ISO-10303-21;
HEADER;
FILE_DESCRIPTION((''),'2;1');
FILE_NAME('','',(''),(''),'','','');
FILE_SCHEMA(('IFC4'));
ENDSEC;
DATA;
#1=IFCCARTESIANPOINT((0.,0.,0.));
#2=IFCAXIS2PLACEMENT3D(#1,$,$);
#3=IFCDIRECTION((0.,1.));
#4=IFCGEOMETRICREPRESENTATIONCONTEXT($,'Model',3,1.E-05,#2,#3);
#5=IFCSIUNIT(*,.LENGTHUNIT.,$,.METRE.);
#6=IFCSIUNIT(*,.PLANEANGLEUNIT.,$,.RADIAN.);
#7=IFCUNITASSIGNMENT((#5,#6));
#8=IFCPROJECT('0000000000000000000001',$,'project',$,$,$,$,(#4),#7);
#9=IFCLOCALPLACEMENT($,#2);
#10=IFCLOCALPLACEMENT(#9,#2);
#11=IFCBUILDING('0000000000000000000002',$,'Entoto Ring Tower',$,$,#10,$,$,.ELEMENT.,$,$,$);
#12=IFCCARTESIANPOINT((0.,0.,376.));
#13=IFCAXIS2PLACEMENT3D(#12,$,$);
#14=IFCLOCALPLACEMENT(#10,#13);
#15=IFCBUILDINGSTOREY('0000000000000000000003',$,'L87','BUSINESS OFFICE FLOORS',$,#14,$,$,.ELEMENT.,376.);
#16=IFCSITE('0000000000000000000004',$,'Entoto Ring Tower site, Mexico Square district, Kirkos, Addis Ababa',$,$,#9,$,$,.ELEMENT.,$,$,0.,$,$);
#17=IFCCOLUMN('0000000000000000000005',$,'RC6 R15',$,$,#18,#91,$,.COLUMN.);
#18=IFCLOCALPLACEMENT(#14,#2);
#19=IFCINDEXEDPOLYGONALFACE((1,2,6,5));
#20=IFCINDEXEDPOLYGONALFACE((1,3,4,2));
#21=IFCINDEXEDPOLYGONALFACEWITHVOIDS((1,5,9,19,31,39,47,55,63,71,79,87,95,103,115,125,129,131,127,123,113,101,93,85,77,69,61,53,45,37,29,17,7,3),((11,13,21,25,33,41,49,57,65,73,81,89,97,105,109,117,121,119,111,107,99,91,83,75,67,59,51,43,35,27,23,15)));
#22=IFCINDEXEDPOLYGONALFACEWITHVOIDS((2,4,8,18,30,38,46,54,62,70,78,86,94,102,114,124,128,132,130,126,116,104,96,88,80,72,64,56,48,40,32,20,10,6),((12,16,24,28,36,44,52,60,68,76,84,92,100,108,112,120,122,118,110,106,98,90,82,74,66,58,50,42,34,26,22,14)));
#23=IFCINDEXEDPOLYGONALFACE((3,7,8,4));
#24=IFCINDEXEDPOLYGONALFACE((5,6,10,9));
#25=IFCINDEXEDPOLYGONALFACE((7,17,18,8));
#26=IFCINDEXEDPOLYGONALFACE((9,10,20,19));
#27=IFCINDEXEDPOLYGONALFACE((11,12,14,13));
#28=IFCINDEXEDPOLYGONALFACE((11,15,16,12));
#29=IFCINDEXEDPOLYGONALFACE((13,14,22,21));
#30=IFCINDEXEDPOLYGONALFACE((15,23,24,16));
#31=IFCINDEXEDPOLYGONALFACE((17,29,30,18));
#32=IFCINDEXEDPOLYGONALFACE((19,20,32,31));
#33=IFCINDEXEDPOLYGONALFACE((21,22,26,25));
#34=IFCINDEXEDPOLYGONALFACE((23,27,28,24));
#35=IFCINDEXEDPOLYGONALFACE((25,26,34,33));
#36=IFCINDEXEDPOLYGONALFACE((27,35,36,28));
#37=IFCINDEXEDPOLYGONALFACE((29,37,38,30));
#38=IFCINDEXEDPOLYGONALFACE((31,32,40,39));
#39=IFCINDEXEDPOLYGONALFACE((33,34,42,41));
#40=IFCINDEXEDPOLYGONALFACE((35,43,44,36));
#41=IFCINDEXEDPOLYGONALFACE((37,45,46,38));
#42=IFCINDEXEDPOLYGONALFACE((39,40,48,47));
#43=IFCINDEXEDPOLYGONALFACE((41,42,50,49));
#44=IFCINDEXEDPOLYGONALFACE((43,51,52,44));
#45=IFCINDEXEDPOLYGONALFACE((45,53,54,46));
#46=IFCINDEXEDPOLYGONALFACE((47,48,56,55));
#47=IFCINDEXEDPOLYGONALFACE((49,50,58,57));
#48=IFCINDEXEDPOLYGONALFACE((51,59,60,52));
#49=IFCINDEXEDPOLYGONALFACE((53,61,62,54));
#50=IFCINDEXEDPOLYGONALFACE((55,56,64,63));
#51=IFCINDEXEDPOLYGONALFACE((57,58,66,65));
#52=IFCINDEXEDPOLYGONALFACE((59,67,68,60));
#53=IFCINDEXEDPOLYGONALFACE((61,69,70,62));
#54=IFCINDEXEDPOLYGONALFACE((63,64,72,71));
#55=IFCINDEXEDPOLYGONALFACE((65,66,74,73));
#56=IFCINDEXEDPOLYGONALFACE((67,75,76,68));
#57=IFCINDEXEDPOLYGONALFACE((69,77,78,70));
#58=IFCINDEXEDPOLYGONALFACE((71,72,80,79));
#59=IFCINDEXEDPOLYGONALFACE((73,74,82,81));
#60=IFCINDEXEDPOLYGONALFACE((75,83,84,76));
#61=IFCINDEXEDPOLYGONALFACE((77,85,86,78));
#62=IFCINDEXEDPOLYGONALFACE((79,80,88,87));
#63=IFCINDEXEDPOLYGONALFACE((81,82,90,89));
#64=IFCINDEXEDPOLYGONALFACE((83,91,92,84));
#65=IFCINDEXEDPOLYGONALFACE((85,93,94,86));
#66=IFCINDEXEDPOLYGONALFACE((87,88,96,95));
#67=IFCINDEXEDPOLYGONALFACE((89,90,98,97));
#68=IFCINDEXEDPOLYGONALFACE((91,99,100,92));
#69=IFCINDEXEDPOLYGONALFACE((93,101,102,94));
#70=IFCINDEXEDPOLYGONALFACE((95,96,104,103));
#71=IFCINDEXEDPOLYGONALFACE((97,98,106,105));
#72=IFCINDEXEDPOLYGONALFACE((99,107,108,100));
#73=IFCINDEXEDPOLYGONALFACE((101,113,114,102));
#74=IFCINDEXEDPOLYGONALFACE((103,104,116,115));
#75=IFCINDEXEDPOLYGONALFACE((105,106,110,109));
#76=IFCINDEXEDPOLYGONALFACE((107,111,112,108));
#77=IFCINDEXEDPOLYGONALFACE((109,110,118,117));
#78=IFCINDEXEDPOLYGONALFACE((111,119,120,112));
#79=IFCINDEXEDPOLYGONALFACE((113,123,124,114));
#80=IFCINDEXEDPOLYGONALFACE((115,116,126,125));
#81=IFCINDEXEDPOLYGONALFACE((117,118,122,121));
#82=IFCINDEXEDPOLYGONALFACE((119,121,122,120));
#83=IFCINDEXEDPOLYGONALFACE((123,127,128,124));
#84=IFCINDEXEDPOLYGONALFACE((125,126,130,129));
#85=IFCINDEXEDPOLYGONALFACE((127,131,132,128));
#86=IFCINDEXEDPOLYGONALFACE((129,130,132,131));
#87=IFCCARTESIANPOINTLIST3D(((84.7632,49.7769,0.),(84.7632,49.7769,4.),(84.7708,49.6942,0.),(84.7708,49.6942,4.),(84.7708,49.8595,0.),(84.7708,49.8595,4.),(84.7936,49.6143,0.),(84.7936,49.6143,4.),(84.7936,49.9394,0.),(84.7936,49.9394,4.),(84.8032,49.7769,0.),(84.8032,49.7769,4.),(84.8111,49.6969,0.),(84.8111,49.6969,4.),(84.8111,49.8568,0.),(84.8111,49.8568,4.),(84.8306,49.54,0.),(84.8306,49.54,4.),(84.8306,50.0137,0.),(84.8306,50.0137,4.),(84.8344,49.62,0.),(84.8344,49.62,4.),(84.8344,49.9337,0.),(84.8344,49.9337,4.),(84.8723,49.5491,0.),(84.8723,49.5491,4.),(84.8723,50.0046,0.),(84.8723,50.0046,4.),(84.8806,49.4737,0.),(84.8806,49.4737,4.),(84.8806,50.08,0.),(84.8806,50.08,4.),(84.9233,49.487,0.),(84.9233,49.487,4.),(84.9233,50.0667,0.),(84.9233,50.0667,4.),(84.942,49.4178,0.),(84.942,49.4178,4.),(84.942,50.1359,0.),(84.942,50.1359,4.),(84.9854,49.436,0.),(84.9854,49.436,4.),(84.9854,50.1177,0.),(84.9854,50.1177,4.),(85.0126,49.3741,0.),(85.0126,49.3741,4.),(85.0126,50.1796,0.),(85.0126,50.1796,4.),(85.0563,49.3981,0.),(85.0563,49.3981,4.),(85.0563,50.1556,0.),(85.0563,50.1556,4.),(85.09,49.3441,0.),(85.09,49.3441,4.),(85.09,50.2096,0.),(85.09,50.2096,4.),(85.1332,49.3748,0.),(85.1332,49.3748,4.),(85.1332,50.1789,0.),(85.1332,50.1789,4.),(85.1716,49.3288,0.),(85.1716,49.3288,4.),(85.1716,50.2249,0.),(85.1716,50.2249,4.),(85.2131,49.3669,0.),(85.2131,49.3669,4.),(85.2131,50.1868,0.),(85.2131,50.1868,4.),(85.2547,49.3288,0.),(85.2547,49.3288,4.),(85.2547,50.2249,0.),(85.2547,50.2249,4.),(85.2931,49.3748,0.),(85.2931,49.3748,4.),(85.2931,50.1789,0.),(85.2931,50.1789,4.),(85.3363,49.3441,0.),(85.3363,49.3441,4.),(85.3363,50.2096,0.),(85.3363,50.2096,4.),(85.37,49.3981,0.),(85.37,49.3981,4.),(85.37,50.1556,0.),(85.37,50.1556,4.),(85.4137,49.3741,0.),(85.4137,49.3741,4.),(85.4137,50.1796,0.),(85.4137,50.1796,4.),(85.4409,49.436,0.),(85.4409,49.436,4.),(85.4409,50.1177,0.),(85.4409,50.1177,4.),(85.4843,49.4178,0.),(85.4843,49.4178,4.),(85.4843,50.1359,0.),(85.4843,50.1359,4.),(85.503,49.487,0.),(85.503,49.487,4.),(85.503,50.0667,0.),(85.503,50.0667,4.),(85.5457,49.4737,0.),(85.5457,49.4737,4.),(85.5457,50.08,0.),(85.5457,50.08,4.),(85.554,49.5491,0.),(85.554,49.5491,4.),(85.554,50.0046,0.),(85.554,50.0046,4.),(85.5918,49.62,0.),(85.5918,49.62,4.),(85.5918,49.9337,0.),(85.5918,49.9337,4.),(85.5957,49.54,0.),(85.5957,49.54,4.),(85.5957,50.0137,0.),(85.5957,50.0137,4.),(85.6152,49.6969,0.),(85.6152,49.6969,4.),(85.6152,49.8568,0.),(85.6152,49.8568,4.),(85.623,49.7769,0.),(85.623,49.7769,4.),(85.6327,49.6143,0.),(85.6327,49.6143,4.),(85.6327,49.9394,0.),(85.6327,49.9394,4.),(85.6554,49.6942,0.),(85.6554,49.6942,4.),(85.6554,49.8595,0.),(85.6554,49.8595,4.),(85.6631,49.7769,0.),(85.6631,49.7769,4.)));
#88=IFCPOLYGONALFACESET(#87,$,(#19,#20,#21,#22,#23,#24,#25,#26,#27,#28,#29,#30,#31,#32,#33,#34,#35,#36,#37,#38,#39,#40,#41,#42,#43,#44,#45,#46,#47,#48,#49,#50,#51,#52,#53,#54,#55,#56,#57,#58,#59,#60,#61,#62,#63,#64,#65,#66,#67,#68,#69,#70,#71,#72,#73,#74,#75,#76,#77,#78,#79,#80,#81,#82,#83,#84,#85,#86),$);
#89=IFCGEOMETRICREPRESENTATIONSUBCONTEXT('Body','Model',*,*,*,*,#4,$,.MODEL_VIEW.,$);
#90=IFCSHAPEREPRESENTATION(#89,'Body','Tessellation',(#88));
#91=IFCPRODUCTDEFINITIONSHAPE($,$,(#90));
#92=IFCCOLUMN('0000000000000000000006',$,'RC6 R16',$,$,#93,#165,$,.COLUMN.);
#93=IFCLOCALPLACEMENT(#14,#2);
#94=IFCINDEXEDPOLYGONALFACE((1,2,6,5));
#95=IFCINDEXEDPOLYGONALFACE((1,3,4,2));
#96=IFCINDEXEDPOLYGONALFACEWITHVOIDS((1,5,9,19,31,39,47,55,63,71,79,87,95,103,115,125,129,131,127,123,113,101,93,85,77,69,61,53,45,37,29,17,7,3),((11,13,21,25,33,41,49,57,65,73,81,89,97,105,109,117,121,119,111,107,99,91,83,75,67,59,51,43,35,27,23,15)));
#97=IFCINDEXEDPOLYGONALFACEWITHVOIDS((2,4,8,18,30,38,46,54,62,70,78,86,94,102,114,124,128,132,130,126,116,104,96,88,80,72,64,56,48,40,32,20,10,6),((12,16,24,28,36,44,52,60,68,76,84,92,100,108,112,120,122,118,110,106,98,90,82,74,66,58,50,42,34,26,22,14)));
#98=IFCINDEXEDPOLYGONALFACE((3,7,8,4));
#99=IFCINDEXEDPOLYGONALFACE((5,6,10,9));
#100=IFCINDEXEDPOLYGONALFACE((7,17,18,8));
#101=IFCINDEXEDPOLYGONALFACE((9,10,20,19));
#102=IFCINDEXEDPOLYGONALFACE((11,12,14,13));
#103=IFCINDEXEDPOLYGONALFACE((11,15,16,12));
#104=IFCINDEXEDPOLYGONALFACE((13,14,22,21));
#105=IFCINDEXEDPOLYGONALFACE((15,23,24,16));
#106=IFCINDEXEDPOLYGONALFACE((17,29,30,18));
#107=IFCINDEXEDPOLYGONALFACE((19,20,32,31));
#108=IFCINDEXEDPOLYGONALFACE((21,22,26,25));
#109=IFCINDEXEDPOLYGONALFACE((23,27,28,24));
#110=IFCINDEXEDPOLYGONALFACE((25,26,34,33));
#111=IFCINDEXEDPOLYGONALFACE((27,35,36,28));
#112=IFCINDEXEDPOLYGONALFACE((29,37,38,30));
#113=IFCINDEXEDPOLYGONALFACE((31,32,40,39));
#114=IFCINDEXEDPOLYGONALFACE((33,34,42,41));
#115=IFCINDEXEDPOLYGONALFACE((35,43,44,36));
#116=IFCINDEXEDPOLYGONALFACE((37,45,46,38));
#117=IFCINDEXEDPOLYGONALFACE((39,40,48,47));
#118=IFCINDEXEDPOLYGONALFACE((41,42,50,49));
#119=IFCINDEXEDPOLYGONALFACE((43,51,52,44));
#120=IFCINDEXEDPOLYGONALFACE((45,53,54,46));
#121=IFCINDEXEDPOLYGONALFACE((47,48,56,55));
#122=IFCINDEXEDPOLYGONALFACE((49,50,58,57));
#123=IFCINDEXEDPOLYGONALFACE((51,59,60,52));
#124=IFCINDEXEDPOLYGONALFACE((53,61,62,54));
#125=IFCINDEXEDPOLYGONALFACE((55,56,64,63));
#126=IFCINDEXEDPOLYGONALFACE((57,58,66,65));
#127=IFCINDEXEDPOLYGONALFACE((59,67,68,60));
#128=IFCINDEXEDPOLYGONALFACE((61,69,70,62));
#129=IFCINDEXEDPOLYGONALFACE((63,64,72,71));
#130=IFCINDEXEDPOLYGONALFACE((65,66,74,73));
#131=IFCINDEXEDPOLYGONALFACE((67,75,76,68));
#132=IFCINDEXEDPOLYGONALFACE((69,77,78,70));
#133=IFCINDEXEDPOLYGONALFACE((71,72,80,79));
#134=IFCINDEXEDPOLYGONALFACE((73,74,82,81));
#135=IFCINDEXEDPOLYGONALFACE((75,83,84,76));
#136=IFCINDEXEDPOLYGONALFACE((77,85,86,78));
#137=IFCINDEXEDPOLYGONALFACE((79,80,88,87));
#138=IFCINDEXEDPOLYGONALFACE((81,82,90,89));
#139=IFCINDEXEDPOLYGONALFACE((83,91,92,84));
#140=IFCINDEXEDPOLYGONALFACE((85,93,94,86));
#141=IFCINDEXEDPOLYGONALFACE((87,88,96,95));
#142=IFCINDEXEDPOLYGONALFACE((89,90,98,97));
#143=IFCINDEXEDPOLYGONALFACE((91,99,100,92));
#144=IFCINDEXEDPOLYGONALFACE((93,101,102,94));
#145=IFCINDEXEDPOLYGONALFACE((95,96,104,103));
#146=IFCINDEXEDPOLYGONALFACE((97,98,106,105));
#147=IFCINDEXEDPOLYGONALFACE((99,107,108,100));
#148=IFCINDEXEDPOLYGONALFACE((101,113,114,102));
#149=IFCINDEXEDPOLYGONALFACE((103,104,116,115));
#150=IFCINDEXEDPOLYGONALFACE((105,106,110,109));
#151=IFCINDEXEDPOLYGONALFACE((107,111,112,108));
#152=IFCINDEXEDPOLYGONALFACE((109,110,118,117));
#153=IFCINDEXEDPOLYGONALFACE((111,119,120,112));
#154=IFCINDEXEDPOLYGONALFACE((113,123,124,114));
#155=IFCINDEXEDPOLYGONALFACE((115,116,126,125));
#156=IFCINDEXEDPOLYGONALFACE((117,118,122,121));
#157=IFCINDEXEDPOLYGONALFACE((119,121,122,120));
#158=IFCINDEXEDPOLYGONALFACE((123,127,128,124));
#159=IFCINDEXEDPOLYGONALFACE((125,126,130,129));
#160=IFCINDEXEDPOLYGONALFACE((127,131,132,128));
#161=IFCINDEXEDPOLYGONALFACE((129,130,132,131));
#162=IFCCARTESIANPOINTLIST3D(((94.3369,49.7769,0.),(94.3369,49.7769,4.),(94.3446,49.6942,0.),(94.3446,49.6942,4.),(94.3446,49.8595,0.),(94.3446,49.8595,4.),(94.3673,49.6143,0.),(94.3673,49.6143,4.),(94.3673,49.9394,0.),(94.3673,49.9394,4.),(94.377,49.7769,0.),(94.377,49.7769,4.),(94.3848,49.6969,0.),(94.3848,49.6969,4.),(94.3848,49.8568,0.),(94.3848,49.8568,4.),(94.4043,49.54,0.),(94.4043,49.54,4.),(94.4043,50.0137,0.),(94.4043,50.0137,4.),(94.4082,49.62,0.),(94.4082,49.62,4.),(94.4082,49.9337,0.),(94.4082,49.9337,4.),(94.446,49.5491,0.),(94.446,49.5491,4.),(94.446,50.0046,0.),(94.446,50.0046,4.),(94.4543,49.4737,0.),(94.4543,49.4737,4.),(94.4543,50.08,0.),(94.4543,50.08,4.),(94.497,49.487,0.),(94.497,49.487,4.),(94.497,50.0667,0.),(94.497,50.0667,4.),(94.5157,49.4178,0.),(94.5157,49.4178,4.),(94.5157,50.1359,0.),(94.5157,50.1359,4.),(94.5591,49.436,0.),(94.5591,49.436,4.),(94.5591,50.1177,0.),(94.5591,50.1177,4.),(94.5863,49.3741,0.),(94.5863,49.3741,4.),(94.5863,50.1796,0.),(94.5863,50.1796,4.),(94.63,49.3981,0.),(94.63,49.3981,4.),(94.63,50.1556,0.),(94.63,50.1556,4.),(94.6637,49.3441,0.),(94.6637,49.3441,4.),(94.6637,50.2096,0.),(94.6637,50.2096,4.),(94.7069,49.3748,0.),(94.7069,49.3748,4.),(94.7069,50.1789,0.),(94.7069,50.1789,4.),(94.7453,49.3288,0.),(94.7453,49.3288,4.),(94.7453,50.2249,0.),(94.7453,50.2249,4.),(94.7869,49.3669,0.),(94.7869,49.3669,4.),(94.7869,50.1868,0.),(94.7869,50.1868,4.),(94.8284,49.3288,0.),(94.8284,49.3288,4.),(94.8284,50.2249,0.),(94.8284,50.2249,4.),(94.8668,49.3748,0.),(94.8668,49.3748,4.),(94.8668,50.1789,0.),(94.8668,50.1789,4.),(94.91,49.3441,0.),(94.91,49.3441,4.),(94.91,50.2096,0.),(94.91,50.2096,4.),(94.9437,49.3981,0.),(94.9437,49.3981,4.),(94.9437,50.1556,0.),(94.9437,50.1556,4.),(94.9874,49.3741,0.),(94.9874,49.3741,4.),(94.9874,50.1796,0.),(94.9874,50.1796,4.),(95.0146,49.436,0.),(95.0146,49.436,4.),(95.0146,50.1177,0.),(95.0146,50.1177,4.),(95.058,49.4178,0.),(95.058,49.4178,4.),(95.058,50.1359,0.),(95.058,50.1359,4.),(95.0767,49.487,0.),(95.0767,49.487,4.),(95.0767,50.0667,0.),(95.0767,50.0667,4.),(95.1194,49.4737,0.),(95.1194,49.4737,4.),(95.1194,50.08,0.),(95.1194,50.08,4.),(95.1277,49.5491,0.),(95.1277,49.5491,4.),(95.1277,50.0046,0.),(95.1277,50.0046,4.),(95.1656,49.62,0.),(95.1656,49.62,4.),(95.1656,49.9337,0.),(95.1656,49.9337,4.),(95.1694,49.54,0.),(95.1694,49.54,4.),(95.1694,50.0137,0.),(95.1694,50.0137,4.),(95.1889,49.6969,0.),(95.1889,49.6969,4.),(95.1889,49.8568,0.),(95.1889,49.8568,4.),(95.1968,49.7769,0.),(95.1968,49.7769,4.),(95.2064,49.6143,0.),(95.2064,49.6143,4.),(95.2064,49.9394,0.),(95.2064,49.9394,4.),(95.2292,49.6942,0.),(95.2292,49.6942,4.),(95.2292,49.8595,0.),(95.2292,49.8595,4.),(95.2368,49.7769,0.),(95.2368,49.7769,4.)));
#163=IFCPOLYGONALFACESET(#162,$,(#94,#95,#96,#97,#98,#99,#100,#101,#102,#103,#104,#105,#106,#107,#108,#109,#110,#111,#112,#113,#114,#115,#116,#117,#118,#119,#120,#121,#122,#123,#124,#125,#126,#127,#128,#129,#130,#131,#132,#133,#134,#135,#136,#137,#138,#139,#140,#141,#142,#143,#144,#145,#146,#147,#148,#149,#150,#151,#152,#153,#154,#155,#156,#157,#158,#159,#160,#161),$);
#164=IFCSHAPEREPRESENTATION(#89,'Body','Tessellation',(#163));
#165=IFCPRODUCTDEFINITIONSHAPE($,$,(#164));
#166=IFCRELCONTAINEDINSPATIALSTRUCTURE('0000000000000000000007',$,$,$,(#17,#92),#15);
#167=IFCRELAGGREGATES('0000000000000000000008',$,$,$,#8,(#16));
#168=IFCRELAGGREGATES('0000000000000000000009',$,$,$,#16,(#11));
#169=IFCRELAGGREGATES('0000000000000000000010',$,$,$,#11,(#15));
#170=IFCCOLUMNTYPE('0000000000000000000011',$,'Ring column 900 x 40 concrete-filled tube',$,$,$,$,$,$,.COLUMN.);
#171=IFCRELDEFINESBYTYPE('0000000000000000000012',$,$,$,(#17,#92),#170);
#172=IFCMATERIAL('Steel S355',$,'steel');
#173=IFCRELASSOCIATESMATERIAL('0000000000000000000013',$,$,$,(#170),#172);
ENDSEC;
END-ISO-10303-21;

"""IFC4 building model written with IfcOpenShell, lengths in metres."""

from ifc_helpers import new_model, si_unit, direction, frame, origin, origin_2d, place, context, subcontext, project, spatial, circle, hollow_circle, extrude, material, material_profile, profile_set, type_object, element, save


model = new_model("IFC4")

# Units and contexts
model_context = context("Model", 3, precision=1e-05, world=origin(), true_north=direction((0.0, 1.0)))
body_context = subcontext(model_context, "Body", "Model", "MODEL_VIEW")
ifc_project = project(units=[si_unit("LENGTHUNIT", "METRE"), si_unit("PLANEANGLEUNIT", "RADIAN")], contexts=[model_context])

# Site, building, storey
site_placement = place(None, origin())
site = spatial("IfcSite", under=ifc_project, at=site_placement, Name="Entoto Ring Tower site, Mexico Square district, Kirkos, Addis Ababa", CompositionType="ELEMENT", RefElevation=0.0)
building_placement = place(site_placement, origin())
building = spatial("IfcBuilding", under=site, at=building_placement, Name="Entoto Ring Tower", CompositionType="ELEMENT")
storey_placement = place(building_placement, frame((0.0, 0.0, 376.0)))
storey = spatial("IfcBuildingStorey", under=building, at=storey_placement, Name="L87", Description="BUSINESS OFFICE FLOORS", CompositionType="ELEMENT", Elevation=376.0)

# Columns
ifc_material_1 = material(Name="Steel S355", Category="steel")
ifc_material_profile_1 = material_profile(ifc_material_1, hollow_circle(Radius=0.45, WallThickness=0.04, at=origin_2d()), Name="CHS 900 x 40")
ifc_material_2 = material(Name="Concrete C60/75", Category="concrete")
ifc_material_profile_2 = material_profile(ifc_material_2, circle(Radius=0.4099, at=origin_2d()), Name="Concrete C60/75 infill")
ifc_profile_set_1 = profile_set([ifc_material_profile_1, ifc_material_profile_2], Name="Steel S355")
column_type = type_object("IfcColumnType", Name="Ring column 900 x 40 concrete-filled tube", PredefinedType="COLUMN", material=ifc_profile_set_1)
for number, where, z_axis, x_axis, name in (
    (1, (85.2131, 49.7769, 0.0), (0.0, 0.0, 1.0), (1.0, 0.0, 0.0), "RC6 R15"),
    (2, (94.7869, 49.7769, 0.0), (0.0, 0.0, 1.0), (1.0, 0.0, 0.0), "RC6 R16"),
):
    element("IfcColumn", number, at=place(storey_placement, frame(where, z_axis=z_axis, x_axis=x_axis)), inside=storey, type_object=column_type, Name=name, PredefinedType="COLUMN", context=body_context, shape_type="SweptSolid", body=[
        extrude(hollow_circle(Radius=0.45, WallThickness=0.04, at=origin_2d()), origin(), (0.0, 0.0, 1.0), 4.0),
    ])

save(model, "model.ifc")
